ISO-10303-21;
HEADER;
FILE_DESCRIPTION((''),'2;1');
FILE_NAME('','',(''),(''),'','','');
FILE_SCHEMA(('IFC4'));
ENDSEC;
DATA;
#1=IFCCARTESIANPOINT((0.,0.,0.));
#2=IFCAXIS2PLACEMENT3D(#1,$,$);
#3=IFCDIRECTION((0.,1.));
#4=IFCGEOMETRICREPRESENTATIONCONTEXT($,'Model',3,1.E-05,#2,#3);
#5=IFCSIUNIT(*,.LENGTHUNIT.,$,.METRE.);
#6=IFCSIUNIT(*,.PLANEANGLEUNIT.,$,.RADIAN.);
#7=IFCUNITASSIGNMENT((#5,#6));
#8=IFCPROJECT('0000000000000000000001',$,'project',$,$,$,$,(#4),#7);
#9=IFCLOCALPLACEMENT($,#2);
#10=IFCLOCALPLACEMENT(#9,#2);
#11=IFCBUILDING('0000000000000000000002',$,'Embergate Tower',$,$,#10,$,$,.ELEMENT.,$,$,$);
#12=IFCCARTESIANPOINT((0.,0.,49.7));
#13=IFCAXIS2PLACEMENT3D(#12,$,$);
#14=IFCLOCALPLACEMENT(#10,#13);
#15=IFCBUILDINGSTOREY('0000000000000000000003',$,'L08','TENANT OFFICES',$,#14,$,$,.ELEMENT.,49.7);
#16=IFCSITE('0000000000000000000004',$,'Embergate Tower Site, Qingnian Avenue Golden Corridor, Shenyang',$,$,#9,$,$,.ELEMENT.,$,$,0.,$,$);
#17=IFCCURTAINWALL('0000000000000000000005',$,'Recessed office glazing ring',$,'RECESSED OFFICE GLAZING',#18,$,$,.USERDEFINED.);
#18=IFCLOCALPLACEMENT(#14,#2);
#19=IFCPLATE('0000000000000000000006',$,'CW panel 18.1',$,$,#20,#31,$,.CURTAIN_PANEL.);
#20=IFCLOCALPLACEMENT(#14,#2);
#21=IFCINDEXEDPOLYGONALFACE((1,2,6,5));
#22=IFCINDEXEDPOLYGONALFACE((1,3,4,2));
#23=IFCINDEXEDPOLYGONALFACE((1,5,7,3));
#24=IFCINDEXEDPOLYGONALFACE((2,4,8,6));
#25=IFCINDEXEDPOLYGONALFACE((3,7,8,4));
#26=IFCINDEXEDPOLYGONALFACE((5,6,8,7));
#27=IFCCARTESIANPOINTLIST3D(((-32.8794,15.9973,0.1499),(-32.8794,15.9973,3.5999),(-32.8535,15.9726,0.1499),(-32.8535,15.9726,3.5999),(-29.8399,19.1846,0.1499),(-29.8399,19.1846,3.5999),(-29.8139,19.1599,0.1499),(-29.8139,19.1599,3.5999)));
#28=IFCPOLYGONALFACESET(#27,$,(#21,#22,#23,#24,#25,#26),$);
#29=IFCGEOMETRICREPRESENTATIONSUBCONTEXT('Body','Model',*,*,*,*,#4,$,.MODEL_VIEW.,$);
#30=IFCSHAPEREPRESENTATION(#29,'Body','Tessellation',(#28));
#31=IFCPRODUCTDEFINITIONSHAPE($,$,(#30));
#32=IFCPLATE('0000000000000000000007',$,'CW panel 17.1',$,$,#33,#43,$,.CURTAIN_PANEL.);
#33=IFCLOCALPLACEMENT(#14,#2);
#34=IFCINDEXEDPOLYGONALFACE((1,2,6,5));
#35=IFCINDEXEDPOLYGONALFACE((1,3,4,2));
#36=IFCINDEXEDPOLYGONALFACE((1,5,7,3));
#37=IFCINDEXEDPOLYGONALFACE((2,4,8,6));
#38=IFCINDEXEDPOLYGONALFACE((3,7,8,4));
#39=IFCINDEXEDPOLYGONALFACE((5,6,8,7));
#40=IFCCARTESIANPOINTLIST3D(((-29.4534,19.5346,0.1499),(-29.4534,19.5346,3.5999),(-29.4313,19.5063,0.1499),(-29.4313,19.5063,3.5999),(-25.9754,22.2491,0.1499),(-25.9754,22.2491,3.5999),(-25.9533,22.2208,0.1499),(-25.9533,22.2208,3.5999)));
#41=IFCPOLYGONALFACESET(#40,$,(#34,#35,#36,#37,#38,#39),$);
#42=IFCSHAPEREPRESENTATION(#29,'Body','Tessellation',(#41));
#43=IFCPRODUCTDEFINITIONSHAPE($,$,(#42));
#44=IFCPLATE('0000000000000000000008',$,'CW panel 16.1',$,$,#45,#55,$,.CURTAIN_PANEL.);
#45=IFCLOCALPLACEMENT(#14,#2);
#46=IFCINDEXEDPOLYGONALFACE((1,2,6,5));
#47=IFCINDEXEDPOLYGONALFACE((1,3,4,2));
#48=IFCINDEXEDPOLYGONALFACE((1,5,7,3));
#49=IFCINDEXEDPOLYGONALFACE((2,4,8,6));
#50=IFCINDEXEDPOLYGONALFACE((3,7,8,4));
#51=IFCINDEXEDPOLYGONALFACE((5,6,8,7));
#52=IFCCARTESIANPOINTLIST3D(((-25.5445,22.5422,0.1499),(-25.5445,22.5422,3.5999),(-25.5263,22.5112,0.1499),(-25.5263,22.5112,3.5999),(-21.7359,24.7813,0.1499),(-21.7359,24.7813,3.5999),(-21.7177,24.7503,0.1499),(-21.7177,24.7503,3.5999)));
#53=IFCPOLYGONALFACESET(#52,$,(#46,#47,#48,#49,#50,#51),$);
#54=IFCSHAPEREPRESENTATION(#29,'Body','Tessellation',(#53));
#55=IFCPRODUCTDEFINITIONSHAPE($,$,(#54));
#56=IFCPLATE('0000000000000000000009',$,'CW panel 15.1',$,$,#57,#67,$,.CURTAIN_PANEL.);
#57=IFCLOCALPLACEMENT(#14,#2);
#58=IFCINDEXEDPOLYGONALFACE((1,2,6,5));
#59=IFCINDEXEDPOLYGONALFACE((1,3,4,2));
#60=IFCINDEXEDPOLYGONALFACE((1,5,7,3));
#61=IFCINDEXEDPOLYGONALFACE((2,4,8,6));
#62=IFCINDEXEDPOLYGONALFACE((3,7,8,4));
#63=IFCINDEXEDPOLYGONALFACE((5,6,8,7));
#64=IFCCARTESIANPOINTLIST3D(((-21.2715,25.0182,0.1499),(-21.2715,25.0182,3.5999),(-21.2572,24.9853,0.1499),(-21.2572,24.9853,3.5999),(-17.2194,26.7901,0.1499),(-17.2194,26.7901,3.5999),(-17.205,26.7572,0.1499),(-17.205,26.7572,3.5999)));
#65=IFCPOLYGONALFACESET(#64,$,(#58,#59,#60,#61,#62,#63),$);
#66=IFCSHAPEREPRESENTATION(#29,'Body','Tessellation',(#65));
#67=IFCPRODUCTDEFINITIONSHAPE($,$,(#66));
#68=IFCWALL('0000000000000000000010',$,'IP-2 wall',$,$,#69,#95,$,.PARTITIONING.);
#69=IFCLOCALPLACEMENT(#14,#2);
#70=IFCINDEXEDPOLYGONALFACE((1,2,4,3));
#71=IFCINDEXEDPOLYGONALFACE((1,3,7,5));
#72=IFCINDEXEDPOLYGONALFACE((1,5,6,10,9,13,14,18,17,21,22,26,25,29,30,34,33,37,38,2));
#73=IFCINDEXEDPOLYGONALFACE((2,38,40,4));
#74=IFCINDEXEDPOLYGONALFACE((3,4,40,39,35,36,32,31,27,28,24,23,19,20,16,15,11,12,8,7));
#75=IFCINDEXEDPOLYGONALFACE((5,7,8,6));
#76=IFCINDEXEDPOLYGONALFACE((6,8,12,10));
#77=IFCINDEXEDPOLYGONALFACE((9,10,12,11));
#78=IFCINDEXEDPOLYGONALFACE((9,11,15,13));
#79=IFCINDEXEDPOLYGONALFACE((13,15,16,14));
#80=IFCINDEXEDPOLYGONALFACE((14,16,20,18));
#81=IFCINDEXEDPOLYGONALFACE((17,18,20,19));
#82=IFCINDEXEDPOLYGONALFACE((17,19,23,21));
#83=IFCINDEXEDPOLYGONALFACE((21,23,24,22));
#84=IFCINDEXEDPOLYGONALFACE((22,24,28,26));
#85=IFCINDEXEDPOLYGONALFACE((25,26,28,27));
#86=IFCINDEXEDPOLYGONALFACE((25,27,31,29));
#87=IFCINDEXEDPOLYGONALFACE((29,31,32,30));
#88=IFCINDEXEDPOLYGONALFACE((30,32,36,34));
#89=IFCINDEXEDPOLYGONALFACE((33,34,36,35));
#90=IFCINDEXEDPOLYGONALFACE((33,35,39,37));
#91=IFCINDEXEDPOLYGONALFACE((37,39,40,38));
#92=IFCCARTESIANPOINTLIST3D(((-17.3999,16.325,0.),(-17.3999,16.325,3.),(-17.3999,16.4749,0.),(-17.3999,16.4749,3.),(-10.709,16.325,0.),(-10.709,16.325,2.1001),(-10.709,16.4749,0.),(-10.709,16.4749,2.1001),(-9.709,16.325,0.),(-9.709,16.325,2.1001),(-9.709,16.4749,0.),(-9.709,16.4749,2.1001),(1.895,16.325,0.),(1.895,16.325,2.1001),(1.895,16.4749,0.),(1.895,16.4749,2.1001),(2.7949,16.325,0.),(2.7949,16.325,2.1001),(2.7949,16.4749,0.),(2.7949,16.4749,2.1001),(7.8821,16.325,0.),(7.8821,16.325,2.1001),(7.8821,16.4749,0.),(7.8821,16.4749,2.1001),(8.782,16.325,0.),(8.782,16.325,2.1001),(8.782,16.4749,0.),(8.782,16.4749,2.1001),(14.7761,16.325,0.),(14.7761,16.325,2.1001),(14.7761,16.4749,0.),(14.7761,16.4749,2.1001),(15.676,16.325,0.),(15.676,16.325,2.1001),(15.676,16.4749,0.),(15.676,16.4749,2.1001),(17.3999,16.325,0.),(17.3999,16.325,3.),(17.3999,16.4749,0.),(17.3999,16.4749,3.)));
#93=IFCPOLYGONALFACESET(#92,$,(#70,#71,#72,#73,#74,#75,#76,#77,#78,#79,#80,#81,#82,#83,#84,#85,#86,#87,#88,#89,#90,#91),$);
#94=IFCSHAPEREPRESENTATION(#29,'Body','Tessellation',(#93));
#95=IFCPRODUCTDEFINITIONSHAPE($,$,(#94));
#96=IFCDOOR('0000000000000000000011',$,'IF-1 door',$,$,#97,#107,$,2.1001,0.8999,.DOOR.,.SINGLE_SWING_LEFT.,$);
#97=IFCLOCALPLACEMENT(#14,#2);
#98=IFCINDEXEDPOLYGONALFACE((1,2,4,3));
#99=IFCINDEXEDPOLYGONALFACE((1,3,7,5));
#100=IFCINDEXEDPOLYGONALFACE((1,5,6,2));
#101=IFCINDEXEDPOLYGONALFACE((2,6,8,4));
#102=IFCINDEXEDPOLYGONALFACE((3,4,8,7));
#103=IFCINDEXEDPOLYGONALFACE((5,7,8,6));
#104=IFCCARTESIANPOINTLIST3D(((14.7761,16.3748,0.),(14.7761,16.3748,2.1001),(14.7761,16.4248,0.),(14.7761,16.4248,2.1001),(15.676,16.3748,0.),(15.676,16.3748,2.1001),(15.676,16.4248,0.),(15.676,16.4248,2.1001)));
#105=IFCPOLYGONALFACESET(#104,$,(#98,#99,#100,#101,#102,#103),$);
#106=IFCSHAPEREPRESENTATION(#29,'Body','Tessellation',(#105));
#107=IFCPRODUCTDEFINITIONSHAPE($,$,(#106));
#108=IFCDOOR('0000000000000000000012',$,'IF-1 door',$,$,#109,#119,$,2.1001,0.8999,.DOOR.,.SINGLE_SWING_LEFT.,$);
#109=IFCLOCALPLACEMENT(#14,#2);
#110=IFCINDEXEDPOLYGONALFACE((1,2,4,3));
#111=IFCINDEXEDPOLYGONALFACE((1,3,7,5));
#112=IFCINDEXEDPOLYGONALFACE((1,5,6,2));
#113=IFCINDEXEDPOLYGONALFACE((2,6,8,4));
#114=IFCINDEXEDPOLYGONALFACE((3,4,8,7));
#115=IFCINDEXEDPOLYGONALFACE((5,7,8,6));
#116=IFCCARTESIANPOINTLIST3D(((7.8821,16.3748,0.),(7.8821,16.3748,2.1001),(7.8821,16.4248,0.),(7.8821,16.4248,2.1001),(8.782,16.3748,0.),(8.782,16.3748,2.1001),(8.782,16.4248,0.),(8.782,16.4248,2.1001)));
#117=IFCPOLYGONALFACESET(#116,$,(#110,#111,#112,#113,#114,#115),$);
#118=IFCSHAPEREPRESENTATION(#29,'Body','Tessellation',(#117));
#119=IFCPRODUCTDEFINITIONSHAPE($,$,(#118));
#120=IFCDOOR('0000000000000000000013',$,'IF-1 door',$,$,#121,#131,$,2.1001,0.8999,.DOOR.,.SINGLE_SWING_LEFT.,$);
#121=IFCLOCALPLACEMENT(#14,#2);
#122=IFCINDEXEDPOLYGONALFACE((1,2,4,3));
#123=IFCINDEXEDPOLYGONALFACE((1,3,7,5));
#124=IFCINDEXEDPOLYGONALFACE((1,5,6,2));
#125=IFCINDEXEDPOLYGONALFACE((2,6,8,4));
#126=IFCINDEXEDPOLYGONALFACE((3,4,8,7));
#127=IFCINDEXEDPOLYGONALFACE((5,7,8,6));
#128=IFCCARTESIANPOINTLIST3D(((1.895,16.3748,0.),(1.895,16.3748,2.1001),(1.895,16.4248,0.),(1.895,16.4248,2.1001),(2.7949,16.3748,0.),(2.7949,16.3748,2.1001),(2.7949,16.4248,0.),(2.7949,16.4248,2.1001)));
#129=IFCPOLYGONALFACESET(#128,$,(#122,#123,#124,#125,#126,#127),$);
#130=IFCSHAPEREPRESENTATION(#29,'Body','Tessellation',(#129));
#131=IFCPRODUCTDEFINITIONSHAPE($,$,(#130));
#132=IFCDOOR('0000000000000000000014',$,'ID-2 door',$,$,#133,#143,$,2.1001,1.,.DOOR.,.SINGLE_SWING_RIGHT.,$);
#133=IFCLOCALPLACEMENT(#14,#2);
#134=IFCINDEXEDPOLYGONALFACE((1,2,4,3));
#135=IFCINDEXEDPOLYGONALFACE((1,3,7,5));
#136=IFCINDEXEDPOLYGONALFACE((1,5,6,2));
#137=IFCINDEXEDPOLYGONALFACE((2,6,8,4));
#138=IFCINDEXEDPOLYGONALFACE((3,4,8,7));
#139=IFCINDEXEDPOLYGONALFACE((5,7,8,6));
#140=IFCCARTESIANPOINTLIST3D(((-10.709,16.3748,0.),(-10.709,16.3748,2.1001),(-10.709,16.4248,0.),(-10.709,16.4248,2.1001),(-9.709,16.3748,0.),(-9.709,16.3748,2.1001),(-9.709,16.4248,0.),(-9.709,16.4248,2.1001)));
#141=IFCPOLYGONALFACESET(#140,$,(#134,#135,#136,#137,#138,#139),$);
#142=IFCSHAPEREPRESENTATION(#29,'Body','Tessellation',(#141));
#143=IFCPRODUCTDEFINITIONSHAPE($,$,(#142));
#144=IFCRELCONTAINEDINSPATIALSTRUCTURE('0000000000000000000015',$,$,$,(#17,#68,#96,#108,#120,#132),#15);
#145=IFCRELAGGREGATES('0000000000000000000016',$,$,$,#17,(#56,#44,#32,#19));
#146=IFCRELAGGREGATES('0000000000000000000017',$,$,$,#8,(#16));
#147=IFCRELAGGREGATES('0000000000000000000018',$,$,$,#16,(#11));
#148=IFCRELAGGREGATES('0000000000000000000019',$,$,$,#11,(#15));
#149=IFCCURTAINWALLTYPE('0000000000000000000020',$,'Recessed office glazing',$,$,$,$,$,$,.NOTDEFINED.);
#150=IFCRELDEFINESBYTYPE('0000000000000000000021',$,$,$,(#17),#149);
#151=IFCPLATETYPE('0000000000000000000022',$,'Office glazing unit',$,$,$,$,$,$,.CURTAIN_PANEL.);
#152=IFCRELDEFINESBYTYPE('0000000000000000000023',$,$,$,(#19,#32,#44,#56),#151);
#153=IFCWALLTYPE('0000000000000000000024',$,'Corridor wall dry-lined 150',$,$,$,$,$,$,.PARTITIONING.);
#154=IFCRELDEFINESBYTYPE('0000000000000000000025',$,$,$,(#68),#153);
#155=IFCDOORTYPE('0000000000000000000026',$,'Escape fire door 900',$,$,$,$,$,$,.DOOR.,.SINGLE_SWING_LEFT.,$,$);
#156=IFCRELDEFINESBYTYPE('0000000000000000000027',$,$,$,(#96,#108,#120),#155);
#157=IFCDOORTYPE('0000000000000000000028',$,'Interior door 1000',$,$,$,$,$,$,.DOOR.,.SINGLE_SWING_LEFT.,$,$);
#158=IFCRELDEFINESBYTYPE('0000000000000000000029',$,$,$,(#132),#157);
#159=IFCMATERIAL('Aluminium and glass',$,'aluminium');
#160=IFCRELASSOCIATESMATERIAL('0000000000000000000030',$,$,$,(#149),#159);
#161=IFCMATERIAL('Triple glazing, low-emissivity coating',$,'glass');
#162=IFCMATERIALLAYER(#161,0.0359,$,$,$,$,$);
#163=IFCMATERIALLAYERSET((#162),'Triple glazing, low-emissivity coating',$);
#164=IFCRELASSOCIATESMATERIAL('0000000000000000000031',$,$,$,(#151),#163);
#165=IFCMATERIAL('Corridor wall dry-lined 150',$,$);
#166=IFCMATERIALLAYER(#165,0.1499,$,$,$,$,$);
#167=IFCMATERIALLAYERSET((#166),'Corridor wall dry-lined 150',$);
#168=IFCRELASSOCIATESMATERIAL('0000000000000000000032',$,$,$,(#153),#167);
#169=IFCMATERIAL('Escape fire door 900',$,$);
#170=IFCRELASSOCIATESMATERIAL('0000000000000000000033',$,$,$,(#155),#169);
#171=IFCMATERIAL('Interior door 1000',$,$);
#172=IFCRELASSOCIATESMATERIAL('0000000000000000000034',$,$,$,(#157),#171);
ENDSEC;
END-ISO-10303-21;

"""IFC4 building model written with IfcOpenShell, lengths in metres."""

from ifc_helpers import new_model, si_unit, direction, frame, frame_2d, origin, origin_2d, place, context, subcontext, project, spatial, rectangle, extrude, source, transform, mapped, material, layer, layer_set, type_object, element, fill, aggregate, save


model = new_model("IFC4")

# Units and contexts
model_context = context("Model", 3, precision=1e-05, world=origin(), true_north=direction((0.0, 1.0)))
body_context = subcontext(model_context, "Body", "Model", "MODEL_VIEW")
ifc_project = project(units=[si_unit("LENGTHUNIT", "METRE"), si_unit("PLANEANGLEUNIT", "RADIAN")], contexts=[model_context])

# Site, building, storey
site_placement = place(None, origin())
site = spatial("IfcSite", under=ifc_project, at=site_placement, Name="Embergate Tower Site, Qingnian Avenue Golden Corridor, Shenyang", CompositionType="ELEMENT", RefElevation=0.0)
building_placement = place(site_placement, origin())
building = spatial("IfcBuilding", under=site, at=building_placement, Name="Embergate Tower", CompositionType="ELEMENT")
storey_placement = place(building_placement, frame((0.0, 0.0, 49.7)))
storey = spatial("IfcBuildingStorey", under=building, at=storey_placement, Name="L08", Description="TENANT OFFICES", CompositionType="ELEMENT", Elevation=49.7)

# Curtain wall, plates
ifc_material_1 = material(Name="Aluminium and glass", Category="aluminium")
curtain_wall_type = type_object("IfcCurtainWallType", Name="Recessed office glazing", PredefinedType="NOTDEFINED", material=ifc_material_1)
curtain_wall_placement = place(storey_placement, origin())
curtain_wall = element("IfcCurtainWall", 1, at=curtain_wall_placement, inside=storey, type_object=curtain_wall_type, Name="Recessed office glazing ring", ObjectType="RECESSED OFFICE GLAZING", PredefinedType="USERDEFINED")
ifc_material_2 = material(Name="Triple glazing, low-emissivity coating", Category="glass")
ifc_layer_1 = layer(ifc_material_2, 0.0359)
ifc_layer_set_1 = layer_set([ifc_layer_1], Name="Triple glazing, low-emissivity coating")
plate_type = type_object("IfcPlateType", Name="Office glazing unit", PredefinedType="CURTAIN_PANEL", material=ifc_layer_set_1)
shared_shape_1 = source(origin(), body_context, "Body", "SweptSolid", [
    extrude(rectangle(XDim=4.4043, YDim=0.0359, at=origin_2d()), origin(), (0.0, 0.0, 1.0), 3.45),
])
plate_1_placement = place(storey_placement, frame((-31.3467, 17.5786, 0.1499), z_axis=(0.0, 0.0, 1.0), x_axis=(-0.690135, -0.723681, 0.0)))
plate_1 = element("IfcPlate", 2, at=plate_1_placement, type_object=plate_type, Name="CW panel 18.1", PredefinedType="CURTAIN_PANEL", context=body_context, shape_type="MappedRepresentation", body=[
    mapped(shared_shape_1, transform((0.0, 0.0, 0.0))),
])
shared_shape_2 = source(origin(), body_context, "Body", "SweptSolid", [
    extrude(rectangle(XDim=4.4119, YDim=0.0359, at=origin_2d()), origin(), (0.0, 0.0, 1.0), 3.45),
])
plate_2_placement = place(storey_placement, frame((-27.7034, 20.8777, 0.1499), z_axis=(0.0, 0.0, 1.0), x_axis=(-0.78832, -0.615265, 0.0)))
plate_2 = element("IfcPlate", 3, at=plate_2_placement, type_object=plate_type, Name="CW panel 17.1", PredefinedType="CURTAIN_PANEL", context=body_context, shape_type="MappedRepresentation", body=[
    mapped(shared_shape_2, transform((0.0, 0.0, 0.0))),
])
shared_shape_3 = source(origin(), body_context, "Body", "SweptSolid", [
    extrude(rectangle(XDim=4.418, YDim=0.0359, at=origin_2d()), origin(), (0.0, 0.0, 1.0), 3.45),
])
plate_3_placement = place(storey_placement, frame((-23.6311, 23.6462, 0.1499), z_axis=(0.0, 0.0, 1.0), x_axis=(-0.862053, -0.506818, 0.0)))
plate_3 = element("IfcPlate", 4, at=plate_3_placement, type_object=plate_type, Name="CW panel 16.1", PredefinedType="CURTAIN_PANEL", context=body_context, shape_type="MappedRepresentation", body=[
    mapped(shared_shape_3, transform((0.0, 0.0, 0.0))),
])
shared_shape_4 = source(origin(), body_context, "Body", "SweptSolid", [
    extrude(rectangle(XDim=4.4226, YDim=0.0359, at=origin_2d()), origin(), (0.0, 0.0, 1.0), 3.45),
])
plate_4_placement = place(storey_placement, frame((-19.2383, 25.8877, 0.1499), z_axis=(0.0, 0.0, 1.0), x_axis=(-0.916236, -0.400638, 0.0)))
plate_4 = element("IfcPlate", 5, at=plate_4_placement, type_object=plate_type, Name="CW panel 15.1", PredefinedType="CURTAIN_PANEL", context=body_context, shape_type="MappedRepresentation", body=[
    mapped(shared_shape_4, transform((0.0, 0.0, 0.0))),
])
aggregate(curtain_wall, [plate_4, plate_3, plate_2, plate_1])

# Wall, openings, doors
ifc_material_3 = material(Name="Corridor wall dry-lined 150")
ifc_layer_2 = layer(ifc_material_3, 0.1499)
ifc_layer_set_2 = layer_set([ifc_layer_2], Name="Corridor wall dry-lined 150")
wall_type_1 = type_object("IfcWallType", Name="Corridor wall dry-lined 150", PredefinedType="PARTITIONING", material=ifc_layer_set_2)
shared_shape_5 = source(origin(), body_context, "Body", "SweptSolid", [
    extrude(rectangle(XDim=34.7998, YDim=0.1499, at=frame_2d((17.3999, 0.0))), origin(), (0.0, 0.0, 1.0), 3.0),
])
wall_1_placement = place(storey_placement, frame((-17.3999, 16.3999, 0.0), z_axis=(0.0, 0.0, 1.0), x_axis=(1.0, 0.0, 0.0)))
wall_1 = element("IfcWall", 6, at=wall_1_placement, inside=storey, type_object=wall_type_1, Name="IP-2 wall", PredefinedType="PARTITIONING", context=body_context, shape_type="MappedRepresentation", body=[
    mapped(shared_shape_5, transform((0.0, 0.0, 0.0))),
])
shared_shape_6 = source(origin(), body_context, "Body", "SweptSolid", [
    extrude(rectangle(XDim=0.8999, YDim=2.1001, at=frame_2d((0.45, 1.05))), frame((0.0, 0.085, 0.0), z_axis=(0.0, -1.0, 0.0), x_axis=(1.0, 0.0, 0.0)), (0.0, 0.0, 1.0), 0.1699),
])
opening_1_placement = place(wall_1_placement, frame((32.176, 0.0, 0.0)))
opening_1 = element("IfcOpeningElement", 7, at=opening_1_placement, cuts=wall_1, PredefinedType="OPENING", context=body_context, shape_type="MappedRepresentation", body=[
    mapped(shared_shape_6, transform((0.0, 0.0, 0.0))),
])
opening_2_placement = place(wall_1_placement, frame((25.282, 0.0, 0.0)))
opening_2 = element("IfcOpeningElement", 8, at=opening_2_placement, cuts=wall_1, PredefinedType="OPENING", context=body_context, shape_type="MappedRepresentation", body=[
    mapped(shared_shape_6, transform((0.0, 0.0, 0.0))),
])
opening_3_placement = place(wall_1_placement, frame((19.2949, 0.0, 0.0)))
opening_3 = element("IfcOpeningElement", 9, at=opening_3_placement, cuts=wall_1, PredefinedType="OPENING", context=body_context, shape_type="MappedRepresentation", body=[
    mapped(shared_shape_6, transform((0.0, 0.0, 0.0))),
])
shared_shape_7 = source(origin(), body_context, "Body", "SweptSolid", [
    extrude(rectangle(XDim=1.0, YDim=2.1001, at=frame_2d((0.5, 1.05))), frame((0.0, 0.085, 0.0), z_axis=(0.0, -1.0, 0.0), x_axis=(1.0, 0.0, 0.0)), (0.0, 0.0, 1.0), 0.1699),
])
opening_4_placement = place(wall_1_placement, frame((6.6909, 0.0, 0.0)))
opening_4 = element("IfcOpeningElement", 10, at=opening_4_placement, cuts=wall_1, PredefinedType="OPENING", context=body_context, shape_type="MappedRepresentation", body=[
    mapped(shared_shape_7, transform((0.0, 0.0, 0.0))),
])
ifc_material_4 = material(Name="Escape fire door 900")
door_type_1 = type_object("IfcDoorType", Name="Escape fire door 900", OperationType="SINGLE_SWING_LEFT", PredefinedType="DOOR", material=ifc_material_4)
shared_shape_8 = source(origin(), body_context, "Body", "SweptSolid", [
    extrude(rectangle(XDim=0.8999, YDim=2.1001, at=frame_2d((0.45, 1.05))), frame((0.0, 0.0249, 0.0), z_axis=(0.0, -1.0, 0.0), x_axis=(1.0, 0.0, 0.0)), (0.0, 0.0, 1.0), 0.05),
])
door_1_placement = place(opening_1_placement, origin())
door_1 = element("IfcDoor", 11, at=door_1_placement, inside=storey, type_object=door_type_1, Name="IF-1 door", OperationType="SINGLE_SWING_LEFT", OverallHeight=2.1001, OverallWidth=0.8999, PredefinedType="DOOR", context=body_context, shape_type="MappedRepresentation", body=[
    mapped(shared_shape_8, transform((0.0, 0.0, 0.0))),
])
fill(opening_1, door_1)
door_2_placement = place(opening_2_placement, origin())
door_2 = element("IfcDoor", 12, at=door_2_placement, inside=storey, type_object=door_type_1, Name="IF-1 door", OperationType="SINGLE_SWING_LEFT", OverallHeight=2.1001, OverallWidth=0.8999, PredefinedType="DOOR", context=body_context, shape_type="MappedRepresentation", body=[
    mapped(shared_shape_8, transform((0.0, 0.0, 0.0))),
])
fill(opening_2, door_2)
door_3_placement = place(opening_3_placement, origin())
door_3 = element("IfcDoor", 13, at=door_3_placement, inside=storey, type_object=door_type_1, Name="IF-1 door", OperationType="SINGLE_SWING_LEFT", OverallHeight=2.1001, OverallWidth=0.8999, PredefinedType="DOOR", context=body_context, shape_type="MappedRepresentation", body=[
    mapped(shared_shape_8, transform((0.0, 0.0, 0.0))),
])
fill(opening_3, door_3)
ifc_material_5 = material(Name="Interior door 1000")
door_type_2 = type_object("IfcDoorType", Name="Interior door 1000", OperationType="SINGLE_SWING_LEFT", PredefinedType="DOOR", material=ifc_material_5)
shared_shape_9 = source(origin(), body_context, "Body", "SweptSolid", [
    extrude(rectangle(XDim=1.0, YDim=2.1001, at=frame_2d((0.5, 1.05))), frame((0.0, 0.0249, 0.0), z_axis=(0.0, -1.0, 0.0), x_axis=(1.0, 0.0, 0.0)), (0.0, 0.0, 1.0), 0.05),
])
door_4_placement = place(opening_4_placement, origin())
door_4 = element("IfcDoor", 14, at=door_4_placement, inside=storey, type_object=door_type_2, Name="ID-2 door", OperationType="SINGLE_SWING_RIGHT", OverallHeight=2.1001, OverallWidth=1.0, PredefinedType="DOOR", context=body_context, shape_type="MappedRepresentation", body=[
    mapped(shared_shape_9, transform((0.0, 0.0, 0.0))),
])
fill(opening_4, door_4)

save(model, "model.ifc")
